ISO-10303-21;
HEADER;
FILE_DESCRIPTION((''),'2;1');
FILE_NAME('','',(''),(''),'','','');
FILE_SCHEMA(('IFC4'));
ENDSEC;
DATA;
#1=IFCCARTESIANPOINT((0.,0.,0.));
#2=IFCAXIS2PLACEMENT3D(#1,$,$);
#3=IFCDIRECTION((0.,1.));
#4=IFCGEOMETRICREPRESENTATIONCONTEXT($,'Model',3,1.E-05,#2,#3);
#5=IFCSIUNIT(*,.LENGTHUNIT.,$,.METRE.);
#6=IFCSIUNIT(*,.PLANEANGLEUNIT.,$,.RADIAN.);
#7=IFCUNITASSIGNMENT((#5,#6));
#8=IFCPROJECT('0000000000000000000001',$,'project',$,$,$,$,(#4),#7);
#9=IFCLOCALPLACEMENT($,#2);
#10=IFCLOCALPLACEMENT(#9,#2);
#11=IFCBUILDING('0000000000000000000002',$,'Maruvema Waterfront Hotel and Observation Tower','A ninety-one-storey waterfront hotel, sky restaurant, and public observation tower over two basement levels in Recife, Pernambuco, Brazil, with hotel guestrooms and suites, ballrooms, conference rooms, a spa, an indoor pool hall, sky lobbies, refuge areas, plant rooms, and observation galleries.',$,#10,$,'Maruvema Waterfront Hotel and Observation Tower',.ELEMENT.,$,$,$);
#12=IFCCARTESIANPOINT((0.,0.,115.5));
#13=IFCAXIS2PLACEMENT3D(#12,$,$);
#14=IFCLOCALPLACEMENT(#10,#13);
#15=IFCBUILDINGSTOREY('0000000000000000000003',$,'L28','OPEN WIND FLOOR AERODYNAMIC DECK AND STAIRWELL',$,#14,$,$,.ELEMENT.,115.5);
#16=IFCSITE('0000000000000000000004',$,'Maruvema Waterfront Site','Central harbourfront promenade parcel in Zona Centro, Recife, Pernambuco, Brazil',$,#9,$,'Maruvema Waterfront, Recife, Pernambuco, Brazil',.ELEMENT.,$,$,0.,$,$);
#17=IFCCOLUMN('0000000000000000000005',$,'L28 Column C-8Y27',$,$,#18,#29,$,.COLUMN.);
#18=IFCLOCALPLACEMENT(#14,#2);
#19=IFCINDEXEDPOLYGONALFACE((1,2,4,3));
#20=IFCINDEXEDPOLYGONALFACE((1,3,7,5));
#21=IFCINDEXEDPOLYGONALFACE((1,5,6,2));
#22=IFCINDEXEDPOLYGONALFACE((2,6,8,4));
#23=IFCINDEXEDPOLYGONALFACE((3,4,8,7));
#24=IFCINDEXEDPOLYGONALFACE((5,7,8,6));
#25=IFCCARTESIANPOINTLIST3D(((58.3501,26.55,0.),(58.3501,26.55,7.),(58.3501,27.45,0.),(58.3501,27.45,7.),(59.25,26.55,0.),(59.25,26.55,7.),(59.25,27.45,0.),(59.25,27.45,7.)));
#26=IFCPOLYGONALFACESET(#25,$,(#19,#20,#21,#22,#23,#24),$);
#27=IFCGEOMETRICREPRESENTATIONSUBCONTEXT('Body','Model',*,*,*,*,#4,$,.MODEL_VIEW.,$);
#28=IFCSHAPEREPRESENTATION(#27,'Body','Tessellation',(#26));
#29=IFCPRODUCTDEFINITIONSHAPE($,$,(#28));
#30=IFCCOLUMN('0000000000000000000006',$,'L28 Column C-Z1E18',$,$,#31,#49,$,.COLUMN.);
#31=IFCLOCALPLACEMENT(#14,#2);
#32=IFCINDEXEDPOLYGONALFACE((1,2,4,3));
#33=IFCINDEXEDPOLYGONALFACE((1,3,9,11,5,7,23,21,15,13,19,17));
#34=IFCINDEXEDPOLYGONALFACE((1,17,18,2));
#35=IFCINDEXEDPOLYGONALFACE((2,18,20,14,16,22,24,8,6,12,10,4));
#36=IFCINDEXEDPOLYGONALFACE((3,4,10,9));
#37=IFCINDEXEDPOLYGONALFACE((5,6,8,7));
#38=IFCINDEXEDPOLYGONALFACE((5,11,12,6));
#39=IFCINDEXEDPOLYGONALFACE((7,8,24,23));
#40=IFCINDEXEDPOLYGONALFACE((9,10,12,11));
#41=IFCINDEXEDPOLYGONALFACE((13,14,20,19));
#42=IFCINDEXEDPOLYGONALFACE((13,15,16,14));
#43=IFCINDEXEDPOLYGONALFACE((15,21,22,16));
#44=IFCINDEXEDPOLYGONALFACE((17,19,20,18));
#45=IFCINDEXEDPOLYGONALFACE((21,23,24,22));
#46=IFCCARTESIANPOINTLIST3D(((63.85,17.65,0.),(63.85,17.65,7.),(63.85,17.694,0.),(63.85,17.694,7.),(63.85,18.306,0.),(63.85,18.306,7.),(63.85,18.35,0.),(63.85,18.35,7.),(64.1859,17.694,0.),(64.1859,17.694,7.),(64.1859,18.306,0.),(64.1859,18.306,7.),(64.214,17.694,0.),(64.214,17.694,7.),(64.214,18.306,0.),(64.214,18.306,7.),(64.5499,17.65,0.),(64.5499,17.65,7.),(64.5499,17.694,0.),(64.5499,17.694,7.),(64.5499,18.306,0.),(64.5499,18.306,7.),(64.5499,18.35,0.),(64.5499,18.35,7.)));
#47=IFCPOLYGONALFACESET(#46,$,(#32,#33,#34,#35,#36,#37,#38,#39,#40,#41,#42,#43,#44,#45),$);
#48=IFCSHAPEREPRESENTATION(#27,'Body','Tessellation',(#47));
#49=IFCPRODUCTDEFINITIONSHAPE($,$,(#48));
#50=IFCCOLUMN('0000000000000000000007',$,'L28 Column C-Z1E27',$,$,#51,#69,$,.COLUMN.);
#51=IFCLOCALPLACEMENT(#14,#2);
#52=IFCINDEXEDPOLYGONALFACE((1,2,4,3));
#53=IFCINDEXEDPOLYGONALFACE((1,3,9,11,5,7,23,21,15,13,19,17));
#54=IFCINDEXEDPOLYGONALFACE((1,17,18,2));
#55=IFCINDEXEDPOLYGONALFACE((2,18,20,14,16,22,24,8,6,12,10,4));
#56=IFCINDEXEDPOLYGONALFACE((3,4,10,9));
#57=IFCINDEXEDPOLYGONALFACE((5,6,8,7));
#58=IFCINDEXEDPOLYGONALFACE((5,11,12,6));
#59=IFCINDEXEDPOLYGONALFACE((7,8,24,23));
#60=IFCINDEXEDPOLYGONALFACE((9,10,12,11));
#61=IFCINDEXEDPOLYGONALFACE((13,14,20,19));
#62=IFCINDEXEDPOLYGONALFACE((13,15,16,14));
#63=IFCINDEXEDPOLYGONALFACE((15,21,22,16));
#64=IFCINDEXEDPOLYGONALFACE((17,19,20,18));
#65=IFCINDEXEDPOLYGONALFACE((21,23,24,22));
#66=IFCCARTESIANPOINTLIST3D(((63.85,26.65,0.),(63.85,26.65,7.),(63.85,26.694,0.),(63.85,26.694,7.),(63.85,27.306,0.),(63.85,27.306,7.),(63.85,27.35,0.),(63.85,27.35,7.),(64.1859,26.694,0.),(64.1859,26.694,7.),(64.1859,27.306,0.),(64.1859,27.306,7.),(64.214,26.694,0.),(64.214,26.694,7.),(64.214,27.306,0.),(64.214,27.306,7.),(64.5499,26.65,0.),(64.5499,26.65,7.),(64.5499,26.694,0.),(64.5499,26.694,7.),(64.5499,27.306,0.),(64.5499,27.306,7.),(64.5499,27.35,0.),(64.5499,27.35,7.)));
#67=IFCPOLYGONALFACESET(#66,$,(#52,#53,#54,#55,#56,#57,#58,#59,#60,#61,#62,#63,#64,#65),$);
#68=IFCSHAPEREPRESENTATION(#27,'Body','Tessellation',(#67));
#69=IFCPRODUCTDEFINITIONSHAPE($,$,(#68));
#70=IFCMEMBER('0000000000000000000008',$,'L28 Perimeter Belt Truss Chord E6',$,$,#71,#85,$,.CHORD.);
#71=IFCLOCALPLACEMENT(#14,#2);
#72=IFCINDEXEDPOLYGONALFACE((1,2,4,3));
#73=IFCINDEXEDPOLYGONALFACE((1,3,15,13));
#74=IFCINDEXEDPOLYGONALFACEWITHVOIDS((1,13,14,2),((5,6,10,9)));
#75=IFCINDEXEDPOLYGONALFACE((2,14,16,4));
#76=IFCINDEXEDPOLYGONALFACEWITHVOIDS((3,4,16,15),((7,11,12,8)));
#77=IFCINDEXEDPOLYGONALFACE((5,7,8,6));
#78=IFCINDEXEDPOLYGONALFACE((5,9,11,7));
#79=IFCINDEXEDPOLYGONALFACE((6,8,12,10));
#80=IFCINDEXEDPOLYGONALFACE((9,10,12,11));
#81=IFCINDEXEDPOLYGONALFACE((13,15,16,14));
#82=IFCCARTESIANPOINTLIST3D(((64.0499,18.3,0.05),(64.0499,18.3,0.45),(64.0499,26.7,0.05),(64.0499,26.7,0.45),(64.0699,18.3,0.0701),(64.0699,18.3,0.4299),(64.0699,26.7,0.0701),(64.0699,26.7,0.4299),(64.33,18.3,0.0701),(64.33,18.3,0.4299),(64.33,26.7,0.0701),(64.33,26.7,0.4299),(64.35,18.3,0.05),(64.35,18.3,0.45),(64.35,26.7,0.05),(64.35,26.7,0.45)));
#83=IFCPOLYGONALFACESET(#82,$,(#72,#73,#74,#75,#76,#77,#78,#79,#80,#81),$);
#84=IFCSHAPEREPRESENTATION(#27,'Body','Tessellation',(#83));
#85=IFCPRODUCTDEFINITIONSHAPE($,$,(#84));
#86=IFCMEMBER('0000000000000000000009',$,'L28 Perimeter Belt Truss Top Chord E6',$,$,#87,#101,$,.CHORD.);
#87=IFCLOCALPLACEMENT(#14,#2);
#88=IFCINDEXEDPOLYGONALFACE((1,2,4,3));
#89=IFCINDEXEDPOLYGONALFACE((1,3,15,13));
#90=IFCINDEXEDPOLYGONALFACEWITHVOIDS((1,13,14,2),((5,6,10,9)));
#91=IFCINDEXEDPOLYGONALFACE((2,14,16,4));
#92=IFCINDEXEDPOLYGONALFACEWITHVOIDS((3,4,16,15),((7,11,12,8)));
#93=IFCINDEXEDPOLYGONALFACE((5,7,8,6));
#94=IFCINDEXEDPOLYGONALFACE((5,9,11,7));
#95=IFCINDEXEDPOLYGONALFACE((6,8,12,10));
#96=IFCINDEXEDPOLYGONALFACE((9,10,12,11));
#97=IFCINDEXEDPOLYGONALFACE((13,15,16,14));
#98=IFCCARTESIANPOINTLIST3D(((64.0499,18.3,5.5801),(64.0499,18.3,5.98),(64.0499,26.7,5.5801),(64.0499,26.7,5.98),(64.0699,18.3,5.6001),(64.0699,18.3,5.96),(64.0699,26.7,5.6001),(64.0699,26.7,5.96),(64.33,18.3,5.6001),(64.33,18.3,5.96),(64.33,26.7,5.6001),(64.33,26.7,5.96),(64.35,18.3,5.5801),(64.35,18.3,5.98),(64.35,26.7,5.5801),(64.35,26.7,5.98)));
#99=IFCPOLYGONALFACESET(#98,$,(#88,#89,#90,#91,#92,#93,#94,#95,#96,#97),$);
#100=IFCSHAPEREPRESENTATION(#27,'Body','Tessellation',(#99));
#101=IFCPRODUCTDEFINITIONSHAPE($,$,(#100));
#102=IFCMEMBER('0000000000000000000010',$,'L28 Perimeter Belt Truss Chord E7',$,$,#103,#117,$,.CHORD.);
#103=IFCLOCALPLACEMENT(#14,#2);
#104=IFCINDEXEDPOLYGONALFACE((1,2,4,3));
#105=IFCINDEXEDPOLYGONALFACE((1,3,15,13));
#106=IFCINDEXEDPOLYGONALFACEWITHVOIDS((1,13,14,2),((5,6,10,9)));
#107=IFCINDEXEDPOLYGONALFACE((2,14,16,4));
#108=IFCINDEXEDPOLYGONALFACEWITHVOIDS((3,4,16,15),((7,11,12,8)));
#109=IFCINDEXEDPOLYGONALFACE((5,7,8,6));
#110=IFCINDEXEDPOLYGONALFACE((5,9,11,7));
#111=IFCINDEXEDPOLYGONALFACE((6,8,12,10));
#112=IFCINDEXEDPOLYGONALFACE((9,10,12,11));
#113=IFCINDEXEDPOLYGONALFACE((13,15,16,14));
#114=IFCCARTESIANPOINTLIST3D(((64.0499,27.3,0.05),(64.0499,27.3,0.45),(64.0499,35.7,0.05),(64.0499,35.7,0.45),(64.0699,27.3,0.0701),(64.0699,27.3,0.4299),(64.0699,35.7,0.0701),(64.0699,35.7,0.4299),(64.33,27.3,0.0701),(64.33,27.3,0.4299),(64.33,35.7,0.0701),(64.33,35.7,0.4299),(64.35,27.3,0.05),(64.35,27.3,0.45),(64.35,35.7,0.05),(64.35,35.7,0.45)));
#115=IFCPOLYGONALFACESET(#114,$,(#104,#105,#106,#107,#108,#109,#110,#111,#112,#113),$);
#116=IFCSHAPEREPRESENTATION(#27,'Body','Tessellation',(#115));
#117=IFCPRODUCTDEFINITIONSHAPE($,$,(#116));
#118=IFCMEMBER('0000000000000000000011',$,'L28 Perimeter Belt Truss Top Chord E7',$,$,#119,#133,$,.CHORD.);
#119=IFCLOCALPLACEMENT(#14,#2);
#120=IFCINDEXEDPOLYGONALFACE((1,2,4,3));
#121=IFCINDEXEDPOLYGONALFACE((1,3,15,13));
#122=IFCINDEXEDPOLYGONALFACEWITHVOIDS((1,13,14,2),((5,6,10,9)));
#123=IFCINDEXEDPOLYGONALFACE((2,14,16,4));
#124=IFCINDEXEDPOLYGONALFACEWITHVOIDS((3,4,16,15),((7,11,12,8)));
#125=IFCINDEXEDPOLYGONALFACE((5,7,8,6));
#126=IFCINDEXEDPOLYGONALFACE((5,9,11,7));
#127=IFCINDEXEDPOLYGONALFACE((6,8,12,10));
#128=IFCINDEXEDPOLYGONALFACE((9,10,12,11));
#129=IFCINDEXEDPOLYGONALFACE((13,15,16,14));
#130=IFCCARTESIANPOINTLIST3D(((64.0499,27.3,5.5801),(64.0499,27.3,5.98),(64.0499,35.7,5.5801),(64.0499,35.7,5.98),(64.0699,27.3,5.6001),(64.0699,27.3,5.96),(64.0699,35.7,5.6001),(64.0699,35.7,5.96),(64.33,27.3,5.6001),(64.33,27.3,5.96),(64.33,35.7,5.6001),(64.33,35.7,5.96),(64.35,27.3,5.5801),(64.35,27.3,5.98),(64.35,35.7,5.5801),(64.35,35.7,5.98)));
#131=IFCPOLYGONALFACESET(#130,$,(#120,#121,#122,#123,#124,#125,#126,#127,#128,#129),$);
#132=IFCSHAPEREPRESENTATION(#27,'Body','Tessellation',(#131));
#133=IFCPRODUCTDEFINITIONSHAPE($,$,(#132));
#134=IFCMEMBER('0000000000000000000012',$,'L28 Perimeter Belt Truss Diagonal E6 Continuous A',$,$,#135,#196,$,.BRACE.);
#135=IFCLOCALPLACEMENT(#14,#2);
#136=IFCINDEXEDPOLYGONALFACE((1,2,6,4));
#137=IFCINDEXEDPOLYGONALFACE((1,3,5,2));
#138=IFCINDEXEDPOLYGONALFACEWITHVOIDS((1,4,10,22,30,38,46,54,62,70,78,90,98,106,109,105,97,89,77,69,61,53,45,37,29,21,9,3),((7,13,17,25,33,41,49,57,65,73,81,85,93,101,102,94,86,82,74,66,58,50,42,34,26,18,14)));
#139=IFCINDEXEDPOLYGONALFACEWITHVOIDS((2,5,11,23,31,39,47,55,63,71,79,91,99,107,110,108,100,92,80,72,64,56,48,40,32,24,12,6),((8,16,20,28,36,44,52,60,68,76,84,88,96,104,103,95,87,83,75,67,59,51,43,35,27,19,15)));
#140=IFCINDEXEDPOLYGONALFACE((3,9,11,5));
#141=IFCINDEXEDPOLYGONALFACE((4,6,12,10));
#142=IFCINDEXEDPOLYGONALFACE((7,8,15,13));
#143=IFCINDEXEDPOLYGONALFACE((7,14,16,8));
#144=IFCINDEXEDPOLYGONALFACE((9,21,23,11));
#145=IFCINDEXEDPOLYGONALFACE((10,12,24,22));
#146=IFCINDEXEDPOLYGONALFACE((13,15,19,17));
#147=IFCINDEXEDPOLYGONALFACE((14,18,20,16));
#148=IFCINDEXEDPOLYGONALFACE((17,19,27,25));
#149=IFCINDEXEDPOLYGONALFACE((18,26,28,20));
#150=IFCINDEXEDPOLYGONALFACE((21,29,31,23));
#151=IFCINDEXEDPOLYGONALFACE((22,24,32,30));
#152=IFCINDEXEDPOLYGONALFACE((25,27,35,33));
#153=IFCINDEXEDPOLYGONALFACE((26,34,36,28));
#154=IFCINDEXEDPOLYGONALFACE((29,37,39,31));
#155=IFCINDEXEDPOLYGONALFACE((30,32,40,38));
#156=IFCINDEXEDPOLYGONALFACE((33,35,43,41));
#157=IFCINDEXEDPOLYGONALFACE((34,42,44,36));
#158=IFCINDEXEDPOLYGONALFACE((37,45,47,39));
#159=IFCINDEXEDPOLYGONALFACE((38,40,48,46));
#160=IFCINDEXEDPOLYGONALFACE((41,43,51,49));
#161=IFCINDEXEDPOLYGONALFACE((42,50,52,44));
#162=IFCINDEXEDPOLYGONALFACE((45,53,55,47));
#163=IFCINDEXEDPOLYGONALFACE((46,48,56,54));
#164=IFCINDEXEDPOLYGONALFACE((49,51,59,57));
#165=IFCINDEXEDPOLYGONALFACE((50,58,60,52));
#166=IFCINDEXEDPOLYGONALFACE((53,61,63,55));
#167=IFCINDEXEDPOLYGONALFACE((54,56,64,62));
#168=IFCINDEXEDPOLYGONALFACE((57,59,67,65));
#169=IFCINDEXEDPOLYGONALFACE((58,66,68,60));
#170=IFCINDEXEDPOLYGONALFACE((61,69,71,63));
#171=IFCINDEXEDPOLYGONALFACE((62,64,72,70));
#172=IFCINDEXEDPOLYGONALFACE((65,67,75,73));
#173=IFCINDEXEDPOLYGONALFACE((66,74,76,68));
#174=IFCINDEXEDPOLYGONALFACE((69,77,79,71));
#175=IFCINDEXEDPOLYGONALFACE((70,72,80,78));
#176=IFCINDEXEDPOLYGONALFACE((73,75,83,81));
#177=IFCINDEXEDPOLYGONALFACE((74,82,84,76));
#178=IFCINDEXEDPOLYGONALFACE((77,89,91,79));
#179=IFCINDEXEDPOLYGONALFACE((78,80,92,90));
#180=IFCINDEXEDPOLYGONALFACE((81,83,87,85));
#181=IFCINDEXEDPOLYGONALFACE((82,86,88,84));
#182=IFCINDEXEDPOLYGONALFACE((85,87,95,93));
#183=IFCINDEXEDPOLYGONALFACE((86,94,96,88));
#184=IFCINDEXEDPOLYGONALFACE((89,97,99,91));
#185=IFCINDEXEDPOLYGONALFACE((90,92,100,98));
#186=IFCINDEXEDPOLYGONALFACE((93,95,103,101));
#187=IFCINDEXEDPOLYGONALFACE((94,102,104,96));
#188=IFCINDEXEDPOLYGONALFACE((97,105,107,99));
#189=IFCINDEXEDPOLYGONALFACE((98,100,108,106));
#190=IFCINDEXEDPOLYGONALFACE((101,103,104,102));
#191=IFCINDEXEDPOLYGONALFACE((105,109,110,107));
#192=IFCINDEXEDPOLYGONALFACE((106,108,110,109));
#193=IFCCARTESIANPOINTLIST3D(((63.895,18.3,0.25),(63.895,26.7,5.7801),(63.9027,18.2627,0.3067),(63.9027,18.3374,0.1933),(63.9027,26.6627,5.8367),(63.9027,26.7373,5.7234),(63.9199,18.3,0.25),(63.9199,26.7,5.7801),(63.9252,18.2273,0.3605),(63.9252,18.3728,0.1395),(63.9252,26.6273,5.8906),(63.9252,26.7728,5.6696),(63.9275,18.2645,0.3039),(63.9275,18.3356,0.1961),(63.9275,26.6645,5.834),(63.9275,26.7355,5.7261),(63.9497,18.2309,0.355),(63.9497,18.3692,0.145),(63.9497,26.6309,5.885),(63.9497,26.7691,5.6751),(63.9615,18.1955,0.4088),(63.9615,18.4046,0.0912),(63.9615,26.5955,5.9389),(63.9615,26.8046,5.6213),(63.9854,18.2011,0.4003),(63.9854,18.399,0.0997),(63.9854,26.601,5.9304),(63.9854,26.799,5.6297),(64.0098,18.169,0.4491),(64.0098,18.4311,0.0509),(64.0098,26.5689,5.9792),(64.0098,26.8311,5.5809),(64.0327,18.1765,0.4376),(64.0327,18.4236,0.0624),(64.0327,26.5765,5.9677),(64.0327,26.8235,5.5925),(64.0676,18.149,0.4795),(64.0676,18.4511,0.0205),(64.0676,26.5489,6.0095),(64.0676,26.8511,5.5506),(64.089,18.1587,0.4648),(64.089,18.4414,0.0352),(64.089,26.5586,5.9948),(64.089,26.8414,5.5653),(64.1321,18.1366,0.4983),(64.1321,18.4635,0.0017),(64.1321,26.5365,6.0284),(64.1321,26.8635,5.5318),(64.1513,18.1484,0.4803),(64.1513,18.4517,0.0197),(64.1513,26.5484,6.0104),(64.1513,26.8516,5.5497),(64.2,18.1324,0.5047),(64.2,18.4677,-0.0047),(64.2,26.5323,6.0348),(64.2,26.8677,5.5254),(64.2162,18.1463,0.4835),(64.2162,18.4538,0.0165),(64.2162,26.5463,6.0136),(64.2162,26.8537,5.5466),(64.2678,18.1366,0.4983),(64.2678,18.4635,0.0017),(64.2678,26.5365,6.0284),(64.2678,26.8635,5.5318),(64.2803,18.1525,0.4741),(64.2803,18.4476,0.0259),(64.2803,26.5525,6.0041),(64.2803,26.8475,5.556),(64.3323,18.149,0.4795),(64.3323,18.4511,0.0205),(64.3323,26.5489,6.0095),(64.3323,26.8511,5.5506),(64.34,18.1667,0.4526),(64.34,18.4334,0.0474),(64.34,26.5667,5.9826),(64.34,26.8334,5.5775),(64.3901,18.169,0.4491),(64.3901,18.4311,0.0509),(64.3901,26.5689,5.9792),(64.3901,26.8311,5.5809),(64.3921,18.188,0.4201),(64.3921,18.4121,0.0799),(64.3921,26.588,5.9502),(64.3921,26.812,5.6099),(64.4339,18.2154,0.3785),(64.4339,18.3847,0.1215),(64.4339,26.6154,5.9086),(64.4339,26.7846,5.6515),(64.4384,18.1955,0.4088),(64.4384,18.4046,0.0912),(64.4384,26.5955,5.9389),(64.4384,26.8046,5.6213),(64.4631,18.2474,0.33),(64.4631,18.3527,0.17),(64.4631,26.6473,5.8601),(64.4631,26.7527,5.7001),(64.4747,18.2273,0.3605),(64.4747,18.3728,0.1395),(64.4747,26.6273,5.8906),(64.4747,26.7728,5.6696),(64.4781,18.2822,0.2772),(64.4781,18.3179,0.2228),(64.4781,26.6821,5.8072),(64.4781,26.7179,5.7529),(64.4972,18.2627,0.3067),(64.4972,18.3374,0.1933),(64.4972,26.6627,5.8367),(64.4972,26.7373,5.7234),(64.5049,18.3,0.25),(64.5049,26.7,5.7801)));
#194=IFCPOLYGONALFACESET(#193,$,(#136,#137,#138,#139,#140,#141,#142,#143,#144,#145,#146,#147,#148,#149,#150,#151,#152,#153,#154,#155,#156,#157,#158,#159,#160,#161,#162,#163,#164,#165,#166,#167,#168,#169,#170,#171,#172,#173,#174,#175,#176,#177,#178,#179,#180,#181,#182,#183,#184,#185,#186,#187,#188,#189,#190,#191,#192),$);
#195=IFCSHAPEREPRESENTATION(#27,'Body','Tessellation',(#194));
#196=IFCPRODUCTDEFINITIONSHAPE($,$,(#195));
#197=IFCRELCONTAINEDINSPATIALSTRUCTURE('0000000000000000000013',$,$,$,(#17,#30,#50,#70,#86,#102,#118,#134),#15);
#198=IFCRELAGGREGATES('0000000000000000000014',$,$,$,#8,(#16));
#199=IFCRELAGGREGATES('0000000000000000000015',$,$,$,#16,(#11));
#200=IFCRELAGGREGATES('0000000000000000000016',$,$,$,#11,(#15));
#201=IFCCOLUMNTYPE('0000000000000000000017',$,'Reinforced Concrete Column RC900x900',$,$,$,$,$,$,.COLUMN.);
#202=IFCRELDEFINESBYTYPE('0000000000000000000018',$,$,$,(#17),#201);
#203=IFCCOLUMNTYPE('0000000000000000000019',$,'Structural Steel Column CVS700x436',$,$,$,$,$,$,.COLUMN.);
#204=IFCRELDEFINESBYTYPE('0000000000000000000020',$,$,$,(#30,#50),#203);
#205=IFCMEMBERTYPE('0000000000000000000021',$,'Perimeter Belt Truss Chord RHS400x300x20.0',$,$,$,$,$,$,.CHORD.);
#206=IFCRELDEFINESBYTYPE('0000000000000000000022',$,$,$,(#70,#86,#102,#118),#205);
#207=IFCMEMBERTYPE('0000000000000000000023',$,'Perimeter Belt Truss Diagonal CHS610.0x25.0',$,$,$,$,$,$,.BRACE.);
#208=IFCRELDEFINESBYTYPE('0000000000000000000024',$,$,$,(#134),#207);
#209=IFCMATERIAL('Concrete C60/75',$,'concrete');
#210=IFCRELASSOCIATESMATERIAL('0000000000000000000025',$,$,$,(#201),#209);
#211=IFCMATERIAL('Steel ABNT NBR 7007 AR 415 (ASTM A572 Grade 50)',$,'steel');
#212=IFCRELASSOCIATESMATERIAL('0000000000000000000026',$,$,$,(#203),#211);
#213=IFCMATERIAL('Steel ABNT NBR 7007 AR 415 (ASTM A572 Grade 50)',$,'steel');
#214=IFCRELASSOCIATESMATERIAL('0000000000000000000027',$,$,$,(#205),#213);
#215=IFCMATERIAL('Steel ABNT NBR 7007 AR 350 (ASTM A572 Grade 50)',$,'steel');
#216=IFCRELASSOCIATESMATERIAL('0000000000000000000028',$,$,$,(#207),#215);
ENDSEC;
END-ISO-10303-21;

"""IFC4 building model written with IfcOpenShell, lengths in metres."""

from ifc_helpers import new_model, si_unit, direction, frame, origin, origin_2d, place, context, subcontext, project, spatial, rectangle, hollow_rectangle, hollow_circle, i_section, extrude, material, material_profile, profile_set, type_object, element, save


model = new_model("IFC4")

# Units and contexts
model_context = context("Model", 3, precision=1e-05, world=origin(), true_north=direction((0.0, 1.0)))
body_context = subcontext(model_context, "Body", "Model", "MODEL_VIEW")
ifc_project = project(units=[si_unit("LENGTHUNIT", "METRE"), si_unit("PLANEANGLEUNIT", "RADIAN")], contexts=[model_context])

# Site, building, storey
site_placement = place(None, origin())
site = spatial("IfcSite", under=ifc_project, at=site_placement, Name="Maruvema Waterfront Site", Description="Central harbourfront promenade parcel in Zona Centro, Recife, Pernambuco, Brazil", LongName="Maruvema Waterfront, Recife, Pernambuco, Brazil", CompositionType="ELEMENT", RefElevation=0.0)
building_placement = place(site_placement, origin())
building = spatial("IfcBuilding", under=site, at=building_placement, Name="Maruvema Waterfront Hotel and Observation Tower", Description="A ninety-one-storey waterfront hotel, sky restaurant, and public observation tower over two basement levels in Recife, Pernambuco, Brazil, with hotel guestrooms and suites, ballrooms, conference rooms, a spa, an indoor pool hall, sky lobbies, refuge areas, plant rooms, and observation galleries.", LongName="Maruvema Waterfront Hotel and Observation Tower", CompositionType="ELEMENT")
storey_placement = place(building_placement, frame((0.0, 0.0, 115.5)))
storey = spatial("IfcBuildingStorey", under=building, at=storey_placement, Name="L28", Description="OPEN WIND FLOOR AERODYNAMIC DECK AND STAIRWELL", CompositionType="ELEMENT", Elevation=115.5)

# Columns
ifc_material_1 = material(Name="Concrete C60/75", Category="concrete")
ifc_material_profile_1 = material_profile(ifc_material_1, rectangle(XDim=0.8999, YDim=0.8999, at=origin_2d()), Name="RC900x900")
ifc_profile_set_1 = profile_set([ifc_material_profile_1], Name="Concrete C60/75")
column_type_1 = type_object("IfcColumnType", Name="Reinforced Concrete Column RC900x900", PredefinedType="COLUMN", material=ifc_profile_set_1)
column_placement = place(storey_placement, frame((58.8, 27.0, 0.0), z_axis=(0.0, 0.0, 1.0), x_axis=(1.0, 0.0, 0.0)))
element("IfcColumn", 1, at=column_placement, inside=storey, type_object=column_type_1, Name="L28 Column C-8Y27", PredefinedType="COLUMN", context=body_context, shape_type="SweptSolid", body=[
    extrude(rectangle(XDim=0.8999, YDim=0.8999, at=origin_2d()), origin(), (0.0, 0.0, 1.0), 7.0),
])
ifc_material_2 = material(Name="Steel ABNT NBR 7007 AR 415 (ASTM A572 Grade 50)", Category="steel")
ifc_material_profile_2 = material_profile(ifc_material_2, i_section(OverallWidth=0.7, OverallDepth=0.7, WebThickness=0.0281, FlangeThickness=0.0439, at=origin_2d()), Name="CVS700x436")
ifc_profile_set_2 = profile_set([ifc_material_profile_2], Name="Steel ABNT NBR 7007 AR 415 (ASTM A572 Grade 50)")
column_type_2 = type_object("IfcColumnType", Name="Structural Steel Column CVS700x436", PredefinedType="COLUMN", material=ifc_profile_set_2)
for number, where, z_axis, x_axis, name in (
    (2, (64.2, 18.0, 0.0), (0.0, 0.0, 1.0), (1.0, 0.0, 0.0), "L28 Column C-Z1E18"),
    (3, (64.2, 27.0, 0.0), (0.0, 0.0, 1.0), (1.0, 0.0, 0.0), "L28 Column C-Z1E27"),
):
    element("IfcColumn", number, at=place(storey_placement, frame(where, z_axis=z_axis, x_axis=x_axis)), inside=storey, type_object=column_type_2, Name=name, PredefinedType="COLUMN", context=body_context, shape_type="SweptSolid", body=[
        extrude(i_section(OverallWidth=0.7, OverallDepth=0.7, WebThickness=0.0281, FlangeThickness=0.0439, at=origin_2d()), origin(), (0.0, 0.0, 1.0), 7.0),
    ])

# Members
ifc_material_3 = material(Name="Steel ABNT NBR 7007 AR 415 (ASTM A572 Grade 50)", Category="steel")
ifc_material_profile_3 = material_profile(ifc_material_3, hollow_rectangle(XDim=0.3, YDim=0.3999, WallThickness=0.02, at=origin_2d()), Name="RHS400x300x20.0")
ifc_profile_set_3 = profile_set([ifc_material_profile_3], Name="Steel ABNT NBR 7007 AR 415 (ASTM A572 Grade 50)")
member_type_1 = type_object("IfcMemberType", Name="Perimeter Belt Truss Chord RHS400x300x20.0", PredefinedType="CHORD", material=ifc_profile_set_3)
for number, where, z_axis, x_axis, name in (
    (4, (64.2, 18.3, 0.25), (0.0, 1.0, 0.0), (-1.0, 0.0, 0.0), "L28 Perimeter Belt Truss Chord E6"),
    (5, (64.2, 18.3, 5.78), (0.0, 1.0, 0.0), (-1.0, 0.0, 0.0), "L28 Perimeter Belt Truss Top Chord E6"),
    (6, (64.2, 27.3, 0.25), (0.0, 1.0, 0.0), (-1.0, 0.0, 0.0), "L28 Perimeter Belt Truss Chord E7"),
    (7, (64.2, 27.3, 5.78), (0.0, 1.0, 0.0), (-1.0, 0.0, 0.0), "L28 Perimeter Belt Truss Top Chord E7"),
):
    element("IfcMember", number, at=place(storey_placement, frame(where, z_axis=z_axis, x_axis=x_axis)), inside=storey, type_object=member_type_1, Name=name, PredefinedType="CHORD", context=body_context, shape_type="SweptSolid", body=[
        extrude(hollow_rectangle(XDim=0.3, YDim=0.3999, WallThickness=0.02, at=origin_2d()), origin(), (0.0, 0.0, 1.0), 8.3999),
    ])
ifc_material_4 = material(Name="Steel ABNT NBR 7007 AR 350 (ASTM A572 Grade 50)", Category="steel")
ifc_material_profile_4 = material_profile(ifc_material_4, hollow_circle(Radius=0.3049, WallThickness=0.0249, at=origin_2d()), Name="CHS610.0x25.0")
ifc_profile_set_4 = profile_set([ifc_material_profile_4], Name="Steel ABNT NBR 7007 AR 350 (ASTM A572 Grade 50)")
member_type_2 = type_object("IfcMemberType", Name="Perimeter Belt Truss Diagonal CHS610.0x25.0", PredefinedType="BRACE", material=ifc_profile_set_4)
member_1_placement = place(storey_placement, frame((64.2, 18.3, 0.25), z_axis=(0.0, 0.835245, 0.549879), x_axis=(-1.0, 0.0, 0.0)))
element("IfcMember", 8, at=member_1_placement, inside=storey, type_object=member_type_2, Name="L28 Perimeter Belt Truss Diagonal E6 Continuous A", PredefinedType="BRACE", context=body_context, shape_type="SweptSolid", body=[
    extrude(hollow_circle(Radius=0.3049, WallThickness=0.0249, at=origin_2d()), origin(), (0.0, 0.0, 1.0), 10.0569),
])

save(model, "model.ifc")
